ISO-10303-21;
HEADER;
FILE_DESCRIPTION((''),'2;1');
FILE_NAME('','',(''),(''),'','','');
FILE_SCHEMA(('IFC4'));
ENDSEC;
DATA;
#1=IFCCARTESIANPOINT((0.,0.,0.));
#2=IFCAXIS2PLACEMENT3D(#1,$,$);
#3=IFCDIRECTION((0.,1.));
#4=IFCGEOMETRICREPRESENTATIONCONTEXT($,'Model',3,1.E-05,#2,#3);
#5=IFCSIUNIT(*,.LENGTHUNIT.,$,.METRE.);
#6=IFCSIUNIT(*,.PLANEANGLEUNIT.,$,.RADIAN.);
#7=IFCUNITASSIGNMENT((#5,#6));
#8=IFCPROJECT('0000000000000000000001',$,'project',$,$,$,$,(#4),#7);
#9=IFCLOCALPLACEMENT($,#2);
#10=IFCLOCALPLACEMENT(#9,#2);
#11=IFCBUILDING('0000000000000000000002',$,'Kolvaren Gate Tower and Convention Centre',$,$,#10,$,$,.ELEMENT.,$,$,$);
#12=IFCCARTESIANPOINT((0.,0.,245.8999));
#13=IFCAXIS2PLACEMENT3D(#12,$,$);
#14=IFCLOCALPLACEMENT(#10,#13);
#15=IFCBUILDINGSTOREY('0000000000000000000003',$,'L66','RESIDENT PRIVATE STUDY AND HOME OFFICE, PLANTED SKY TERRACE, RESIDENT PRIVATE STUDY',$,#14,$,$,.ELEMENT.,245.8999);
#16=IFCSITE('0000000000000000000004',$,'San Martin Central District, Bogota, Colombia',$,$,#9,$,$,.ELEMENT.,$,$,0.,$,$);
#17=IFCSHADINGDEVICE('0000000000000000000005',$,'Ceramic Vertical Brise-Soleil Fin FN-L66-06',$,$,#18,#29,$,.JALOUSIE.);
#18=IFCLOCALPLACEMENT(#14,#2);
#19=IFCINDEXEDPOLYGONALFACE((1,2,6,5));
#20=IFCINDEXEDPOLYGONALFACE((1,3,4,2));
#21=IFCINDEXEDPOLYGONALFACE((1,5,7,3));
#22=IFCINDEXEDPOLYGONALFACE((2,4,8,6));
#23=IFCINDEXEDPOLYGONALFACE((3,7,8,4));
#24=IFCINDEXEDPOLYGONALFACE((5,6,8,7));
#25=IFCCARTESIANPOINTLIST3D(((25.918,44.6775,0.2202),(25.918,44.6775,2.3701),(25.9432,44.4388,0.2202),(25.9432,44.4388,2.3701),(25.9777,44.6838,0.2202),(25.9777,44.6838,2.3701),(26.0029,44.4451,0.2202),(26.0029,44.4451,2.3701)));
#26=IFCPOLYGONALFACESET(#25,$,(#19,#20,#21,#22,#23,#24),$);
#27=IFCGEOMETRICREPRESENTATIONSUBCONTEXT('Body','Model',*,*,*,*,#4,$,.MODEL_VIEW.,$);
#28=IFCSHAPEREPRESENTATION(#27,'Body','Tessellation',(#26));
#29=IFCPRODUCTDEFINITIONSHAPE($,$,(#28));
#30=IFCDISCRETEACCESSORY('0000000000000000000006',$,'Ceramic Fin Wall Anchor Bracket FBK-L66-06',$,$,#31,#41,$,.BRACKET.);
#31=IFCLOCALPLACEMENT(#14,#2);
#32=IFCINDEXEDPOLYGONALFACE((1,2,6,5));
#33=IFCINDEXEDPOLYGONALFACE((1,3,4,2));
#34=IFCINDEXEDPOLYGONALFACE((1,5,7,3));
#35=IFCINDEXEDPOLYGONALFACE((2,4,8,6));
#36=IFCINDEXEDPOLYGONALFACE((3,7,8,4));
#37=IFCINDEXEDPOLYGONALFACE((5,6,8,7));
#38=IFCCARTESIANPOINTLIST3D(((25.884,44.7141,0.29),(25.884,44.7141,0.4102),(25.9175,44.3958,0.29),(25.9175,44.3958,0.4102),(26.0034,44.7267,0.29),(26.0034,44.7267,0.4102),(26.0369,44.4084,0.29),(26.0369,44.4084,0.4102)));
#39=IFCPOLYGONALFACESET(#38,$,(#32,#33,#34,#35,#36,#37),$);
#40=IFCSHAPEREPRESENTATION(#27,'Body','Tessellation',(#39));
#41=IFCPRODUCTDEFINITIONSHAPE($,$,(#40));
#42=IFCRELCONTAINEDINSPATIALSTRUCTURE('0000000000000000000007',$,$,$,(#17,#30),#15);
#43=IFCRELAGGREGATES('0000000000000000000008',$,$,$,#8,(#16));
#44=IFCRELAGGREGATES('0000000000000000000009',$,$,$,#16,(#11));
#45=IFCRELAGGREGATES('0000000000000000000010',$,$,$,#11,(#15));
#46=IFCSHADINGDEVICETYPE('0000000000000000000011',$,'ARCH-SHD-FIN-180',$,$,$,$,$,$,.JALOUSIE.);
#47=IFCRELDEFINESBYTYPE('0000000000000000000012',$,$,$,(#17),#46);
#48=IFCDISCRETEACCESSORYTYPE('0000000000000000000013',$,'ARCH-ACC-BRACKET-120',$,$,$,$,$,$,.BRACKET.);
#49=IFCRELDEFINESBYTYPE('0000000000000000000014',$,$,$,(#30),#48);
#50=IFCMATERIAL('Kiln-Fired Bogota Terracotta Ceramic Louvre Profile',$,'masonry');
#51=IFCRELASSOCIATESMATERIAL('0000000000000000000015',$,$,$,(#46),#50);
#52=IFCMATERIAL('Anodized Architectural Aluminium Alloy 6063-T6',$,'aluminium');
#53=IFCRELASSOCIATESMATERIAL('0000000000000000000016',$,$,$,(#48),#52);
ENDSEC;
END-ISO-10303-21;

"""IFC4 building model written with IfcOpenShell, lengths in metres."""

from ifc_helpers import new_model, si_unit, direction, frame, origin, origin_2d, place, context, subcontext, project, spatial, rectangle, extrude, material, type_object, element, save


model = new_model("IFC4")

# Units and contexts
model_context = context("Model", 3, precision=1e-05, world=origin(), true_north=direction((0.0, 1.0)))
body_context = subcontext(model_context, "Body", "Model", "MODEL_VIEW")
ifc_project = project(units=[si_unit("LENGTHUNIT", "METRE"), si_unit("PLANEANGLEUNIT", "RADIAN")], contexts=[model_context])

# Site, building, storey
site_placement = place(None, origin())
site = spatial("IfcSite", under=ifc_project, at=site_placement, Name="San Martin Central District, Bogota, Colombia", CompositionType="ELEMENT", RefElevation=0.0)
building_placement = place(site_placement, origin())
building = spatial("IfcBuilding", under=site, at=building_placement, Name="Kolvaren Gate Tower and Convention Centre", CompositionType="ELEMENT")
storey_placement = place(building_placement, frame((0.0, 0.0, 245.8999)))
storey = spatial("IfcBuildingStorey", under=building, at=storey_placement, Name="L66", Description="RESIDENT PRIVATE STUDY AND HOME OFFICE, PLANTED SKY TERRACE, RESIDENT PRIVATE STUDY", CompositionType="ELEMENT", Elevation=245.8999)

# Shared definitions
ifc_material_1 = material(Name="Anodized Architectural Aluminium Alloy 6063-T6", Category="aluminium")

# Shading device
ifc_material_2 = material(Name="Kiln-Fired Bogota Terracotta Ceramic Louvre Profile", Category="masonry")
shading_device_type = type_object("IfcShadingDeviceType", Name="ARCH-SHD-FIN-180", PredefinedType="JALOUSIE", material=ifc_material_2)
shading_device_placement = place(storey_placement, frame((25.9604, 44.5613, 0.2202), z_axis=(0.0, 0.0, 1.0), x_axis=(0.9945, 0.104737, 0.0)))
element("IfcShadingDevice", 1, at=shading_device_placement, inside=storey, type_object=shading_device_type, Name="Ceramic Vertical Brise-Soleil Fin FN-L66-06", PredefinedType="JALOUSIE", context=body_context, shape_type="SweptSolid", body=[
    extrude(rectangle(XDim=0.0601, YDim=0.24, at=origin_2d()), origin(), (0.0, 0.0, 1.0), 2.1499),
])

# Discrete accessory
discrete_accessory_type = type_object("IfcDiscreteAccessoryType", Name="ARCH-ACC-BRACKET-120", PredefinedType="BRACKET", material=ifc_material_1)
discrete_accessory_placement = place(storey_placement, frame((25.9604, 44.5613, 0.29), z_axis=(0.0, 0.0, 1.0), x_axis=(0.9945, 0.104737, 0.0)))
element("IfcDiscreteAccessory", 2, at=discrete_accessory_placement, inside=storey, type_object=discrete_accessory_type, Name="Ceramic Fin Wall Anchor Bracket FBK-L66-06", PredefinedType="BRACKET", context=body_context, shape_type="SweptSolid", body=[
    extrude(rectangle(XDim=0.1201, YDim=0.3201, at=origin_2d()), origin(), (0.0, 0.0, 1.0), 0.1201),
])

save(model, "model.ifc")
